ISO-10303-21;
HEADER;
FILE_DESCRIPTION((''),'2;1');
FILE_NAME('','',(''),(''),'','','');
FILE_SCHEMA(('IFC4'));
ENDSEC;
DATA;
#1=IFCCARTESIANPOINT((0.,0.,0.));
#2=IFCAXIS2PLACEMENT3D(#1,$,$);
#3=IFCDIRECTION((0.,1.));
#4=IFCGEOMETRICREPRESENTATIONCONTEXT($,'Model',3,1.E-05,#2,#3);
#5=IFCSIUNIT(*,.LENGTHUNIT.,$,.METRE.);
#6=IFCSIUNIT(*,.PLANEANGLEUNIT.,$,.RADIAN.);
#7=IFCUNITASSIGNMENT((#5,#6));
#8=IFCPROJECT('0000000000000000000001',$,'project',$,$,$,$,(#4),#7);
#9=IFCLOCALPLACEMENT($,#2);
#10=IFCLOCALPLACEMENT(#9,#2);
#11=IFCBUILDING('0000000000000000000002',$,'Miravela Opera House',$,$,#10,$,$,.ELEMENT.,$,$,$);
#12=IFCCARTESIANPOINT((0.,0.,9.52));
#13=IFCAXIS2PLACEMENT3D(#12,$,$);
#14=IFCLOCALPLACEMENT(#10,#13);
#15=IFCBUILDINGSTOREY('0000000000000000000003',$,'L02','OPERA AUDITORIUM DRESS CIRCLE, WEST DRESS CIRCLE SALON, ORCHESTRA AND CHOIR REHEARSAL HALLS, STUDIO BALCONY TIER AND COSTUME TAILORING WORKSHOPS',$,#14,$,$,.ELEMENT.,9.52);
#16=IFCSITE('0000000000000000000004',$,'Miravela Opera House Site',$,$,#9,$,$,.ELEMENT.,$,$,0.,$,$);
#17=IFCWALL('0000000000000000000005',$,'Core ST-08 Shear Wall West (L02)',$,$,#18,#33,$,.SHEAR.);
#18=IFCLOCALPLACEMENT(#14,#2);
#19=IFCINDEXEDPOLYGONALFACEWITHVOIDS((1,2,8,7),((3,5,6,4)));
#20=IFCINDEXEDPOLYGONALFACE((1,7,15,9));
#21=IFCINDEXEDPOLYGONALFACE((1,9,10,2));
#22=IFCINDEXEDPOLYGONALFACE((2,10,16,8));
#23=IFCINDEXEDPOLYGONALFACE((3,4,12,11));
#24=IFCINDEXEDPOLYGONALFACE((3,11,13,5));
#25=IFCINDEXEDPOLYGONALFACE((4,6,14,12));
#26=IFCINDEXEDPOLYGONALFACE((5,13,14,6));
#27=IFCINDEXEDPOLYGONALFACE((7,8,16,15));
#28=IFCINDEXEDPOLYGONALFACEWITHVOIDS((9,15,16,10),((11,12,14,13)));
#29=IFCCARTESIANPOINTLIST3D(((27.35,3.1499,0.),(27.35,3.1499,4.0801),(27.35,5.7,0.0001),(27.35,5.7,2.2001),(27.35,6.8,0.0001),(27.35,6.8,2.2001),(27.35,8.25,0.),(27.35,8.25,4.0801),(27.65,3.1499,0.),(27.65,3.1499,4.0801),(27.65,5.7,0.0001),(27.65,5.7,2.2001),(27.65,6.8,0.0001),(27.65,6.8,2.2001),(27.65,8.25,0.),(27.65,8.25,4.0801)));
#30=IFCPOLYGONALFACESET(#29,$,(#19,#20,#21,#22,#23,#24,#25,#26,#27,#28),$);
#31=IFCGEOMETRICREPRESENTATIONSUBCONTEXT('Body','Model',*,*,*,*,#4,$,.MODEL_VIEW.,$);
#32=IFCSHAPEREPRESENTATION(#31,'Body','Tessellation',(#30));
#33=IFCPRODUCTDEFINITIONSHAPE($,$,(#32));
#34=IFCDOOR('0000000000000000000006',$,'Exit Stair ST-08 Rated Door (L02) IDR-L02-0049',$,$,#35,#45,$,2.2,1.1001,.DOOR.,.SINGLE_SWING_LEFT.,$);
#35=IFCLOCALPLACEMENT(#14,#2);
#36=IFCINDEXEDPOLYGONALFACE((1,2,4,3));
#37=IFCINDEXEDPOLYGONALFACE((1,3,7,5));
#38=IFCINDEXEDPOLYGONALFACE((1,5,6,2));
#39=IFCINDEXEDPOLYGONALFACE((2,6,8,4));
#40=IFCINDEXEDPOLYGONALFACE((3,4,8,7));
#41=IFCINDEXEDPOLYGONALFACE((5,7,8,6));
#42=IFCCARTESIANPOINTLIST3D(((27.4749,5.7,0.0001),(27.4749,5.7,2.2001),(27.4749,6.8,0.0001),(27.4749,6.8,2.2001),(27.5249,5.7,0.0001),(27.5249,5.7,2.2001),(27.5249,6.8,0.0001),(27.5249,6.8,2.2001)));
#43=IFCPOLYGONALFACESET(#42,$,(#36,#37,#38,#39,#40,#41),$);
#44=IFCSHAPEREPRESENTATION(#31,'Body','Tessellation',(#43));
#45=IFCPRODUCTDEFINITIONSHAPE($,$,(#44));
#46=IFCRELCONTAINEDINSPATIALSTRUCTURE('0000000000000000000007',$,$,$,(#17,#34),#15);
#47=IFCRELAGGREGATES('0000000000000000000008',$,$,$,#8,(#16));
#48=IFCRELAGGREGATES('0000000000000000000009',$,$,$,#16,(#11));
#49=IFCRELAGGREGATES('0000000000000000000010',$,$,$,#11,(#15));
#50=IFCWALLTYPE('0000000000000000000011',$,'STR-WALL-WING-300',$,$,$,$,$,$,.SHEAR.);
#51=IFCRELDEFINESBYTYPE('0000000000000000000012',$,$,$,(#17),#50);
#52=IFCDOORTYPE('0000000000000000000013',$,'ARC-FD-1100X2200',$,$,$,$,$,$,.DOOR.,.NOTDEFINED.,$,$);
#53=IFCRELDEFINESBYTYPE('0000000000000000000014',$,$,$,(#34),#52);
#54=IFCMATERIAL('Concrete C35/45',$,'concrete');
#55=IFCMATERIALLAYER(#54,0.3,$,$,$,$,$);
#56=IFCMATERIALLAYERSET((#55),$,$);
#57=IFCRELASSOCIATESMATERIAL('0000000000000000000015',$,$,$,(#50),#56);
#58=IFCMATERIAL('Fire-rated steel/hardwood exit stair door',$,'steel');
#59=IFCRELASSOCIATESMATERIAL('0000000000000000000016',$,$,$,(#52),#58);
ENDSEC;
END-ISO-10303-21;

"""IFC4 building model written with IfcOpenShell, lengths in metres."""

from ifc_helpers import new_model, si_unit, direction, frame, frame_2d, origin, place, context, subcontext, project, spatial, rectangle, extrude, material, layer, layer_set, type_object, element, fill, save


model = new_model("IFC4")

# Units and contexts
model_context = context("Model", 3, precision=1e-05, world=origin(), true_north=direction((0.0, 1.0)))
body_context = subcontext(model_context, "Body", "Model", "MODEL_VIEW")
ifc_project = project(units=[si_unit("LENGTHUNIT", "METRE"), si_unit("PLANEANGLEUNIT", "RADIAN")], contexts=[model_context])

# Site, building, storey
site_placement = place(None, origin())
site = spatial("IfcSite", under=ifc_project, at=site_placement, Name="Miravela Opera House Site", CompositionType="ELEMENT", RefElevation=0.0)
building_placement = place(site_placement, origin())
building = spatial("IfcBuilding", under=site, at=building_placement, Name="Miravela Opera House", CompositionType="ELEMENT")
storey_placement = place(building_placement, frame((0.0, 0.0, 9.52)))
storey = spatial("IfcBuildingStorey", under=building, at=storey_placement, Name="L02", Description="OPERA AUDITORIUM DRESS CIRCLE, WEST DRESS CIRCLE SALON, ORCHESTRA AND CHOIR REHEARSAL HALLS, STUDIO BALCONY TIER AND COSTUME TAILORING WORKSHOPS", CompositionType="ELEMENT", Elevation=9.52)

# Shared definitions
ifc_material_1 = material(Name="Concrete C35/45", Category="concrete")

# Shared definitions
ifc_layer_1 = layer(ifc_material_1, 0.3)
ifc_layer_set_1 = layer_set([ifc_layer_1])
wall_type = type_object("IfcWallType", Name="STR-WALL-WING-300", PredefinedType="SHEAR", material=ifc_layer_set_1)

# Wall, opening, door
wall_placement = place(storey_placement, frame((27.5, 3.1499, 0.0), z_axis=(0.0, 0.0, 1.0), x_axis=(0.0, 1.0, 0.0)))
wall = element("IfcWall", 1, at=wall_placement, inside=storey, type_object=wall_type, Name="Core ST-08 Shear Wall West (L02)", PredefinedType="SHEAR", context=body_context, shape_type="SweptSolid", body=[
    extrude(rectangle(XDim=5.1001, YDim=0.3, at=frame_2d((2.55, 0.0))), origin(), (0.0, 0.0, 1.0), 4.0801),
])
opening_placement = place(wall_placement, frame((2.55, 0.0, 0.0)))
opening = element("IfcOpeningElement", 2, at=opening_placement, cuts=wall, PredefinedType="OPENING", context=body_context, shape_type="SweptSolid", body=[
    extrude(rectangle(XDim=1.1001, YDim=2.2, at=frame_2d((0.55, 1.1001))), frame((0.0, 0.1599, 0.0), z_axis=(0.0, -1.0, 0.0), x_axis=(1.0, 0.0, 0.0)), (0.0, 0.0, 1.0), 0.3201),
])
ifc_material_2 = material(Name="Fire-rated steel/hardwood exit stair door", Category="steel")
door_type = type_object("IfcDoorType", Name="ARC-FD-1100X2200", OperationType="NOTDEFINED", PredefinedType="DOOR", material=ifc_material_2)
door_placement = place(opening_placement, frame((1.1001, 0.0, 0.0), z_axis=(0.0, 0.0, 1.0), x_axis=(-1.0, 0.0, 0.0)))
door = element("IfcDoor", 3, at=door_placement, inside=storey, type_object=door_type, Name="Exit Stair ST-08 Rated Door (L02) IDR-L02-0049", OperationType="SINGLE_SWING_LEFT", OverallHeight=2.2, OverallWidth=1.1001, PredefinedType="DOOR", context=body_context, shape_type="SweptSolid", body=[
    extrude(rectangle(XDim=1.1001, YDim=2.2, at=frame_2d((0.55, 1.1001))), frame((0.0, 0.0249, 0.0), z_axis=(0.0, -1.0, 0.0), x_axis=(1.0, 0.0, 0.0)), (0.0, 0.0, 1.0), 0.05),
])
fill(opening, door)

save(model, "model.ifc")
